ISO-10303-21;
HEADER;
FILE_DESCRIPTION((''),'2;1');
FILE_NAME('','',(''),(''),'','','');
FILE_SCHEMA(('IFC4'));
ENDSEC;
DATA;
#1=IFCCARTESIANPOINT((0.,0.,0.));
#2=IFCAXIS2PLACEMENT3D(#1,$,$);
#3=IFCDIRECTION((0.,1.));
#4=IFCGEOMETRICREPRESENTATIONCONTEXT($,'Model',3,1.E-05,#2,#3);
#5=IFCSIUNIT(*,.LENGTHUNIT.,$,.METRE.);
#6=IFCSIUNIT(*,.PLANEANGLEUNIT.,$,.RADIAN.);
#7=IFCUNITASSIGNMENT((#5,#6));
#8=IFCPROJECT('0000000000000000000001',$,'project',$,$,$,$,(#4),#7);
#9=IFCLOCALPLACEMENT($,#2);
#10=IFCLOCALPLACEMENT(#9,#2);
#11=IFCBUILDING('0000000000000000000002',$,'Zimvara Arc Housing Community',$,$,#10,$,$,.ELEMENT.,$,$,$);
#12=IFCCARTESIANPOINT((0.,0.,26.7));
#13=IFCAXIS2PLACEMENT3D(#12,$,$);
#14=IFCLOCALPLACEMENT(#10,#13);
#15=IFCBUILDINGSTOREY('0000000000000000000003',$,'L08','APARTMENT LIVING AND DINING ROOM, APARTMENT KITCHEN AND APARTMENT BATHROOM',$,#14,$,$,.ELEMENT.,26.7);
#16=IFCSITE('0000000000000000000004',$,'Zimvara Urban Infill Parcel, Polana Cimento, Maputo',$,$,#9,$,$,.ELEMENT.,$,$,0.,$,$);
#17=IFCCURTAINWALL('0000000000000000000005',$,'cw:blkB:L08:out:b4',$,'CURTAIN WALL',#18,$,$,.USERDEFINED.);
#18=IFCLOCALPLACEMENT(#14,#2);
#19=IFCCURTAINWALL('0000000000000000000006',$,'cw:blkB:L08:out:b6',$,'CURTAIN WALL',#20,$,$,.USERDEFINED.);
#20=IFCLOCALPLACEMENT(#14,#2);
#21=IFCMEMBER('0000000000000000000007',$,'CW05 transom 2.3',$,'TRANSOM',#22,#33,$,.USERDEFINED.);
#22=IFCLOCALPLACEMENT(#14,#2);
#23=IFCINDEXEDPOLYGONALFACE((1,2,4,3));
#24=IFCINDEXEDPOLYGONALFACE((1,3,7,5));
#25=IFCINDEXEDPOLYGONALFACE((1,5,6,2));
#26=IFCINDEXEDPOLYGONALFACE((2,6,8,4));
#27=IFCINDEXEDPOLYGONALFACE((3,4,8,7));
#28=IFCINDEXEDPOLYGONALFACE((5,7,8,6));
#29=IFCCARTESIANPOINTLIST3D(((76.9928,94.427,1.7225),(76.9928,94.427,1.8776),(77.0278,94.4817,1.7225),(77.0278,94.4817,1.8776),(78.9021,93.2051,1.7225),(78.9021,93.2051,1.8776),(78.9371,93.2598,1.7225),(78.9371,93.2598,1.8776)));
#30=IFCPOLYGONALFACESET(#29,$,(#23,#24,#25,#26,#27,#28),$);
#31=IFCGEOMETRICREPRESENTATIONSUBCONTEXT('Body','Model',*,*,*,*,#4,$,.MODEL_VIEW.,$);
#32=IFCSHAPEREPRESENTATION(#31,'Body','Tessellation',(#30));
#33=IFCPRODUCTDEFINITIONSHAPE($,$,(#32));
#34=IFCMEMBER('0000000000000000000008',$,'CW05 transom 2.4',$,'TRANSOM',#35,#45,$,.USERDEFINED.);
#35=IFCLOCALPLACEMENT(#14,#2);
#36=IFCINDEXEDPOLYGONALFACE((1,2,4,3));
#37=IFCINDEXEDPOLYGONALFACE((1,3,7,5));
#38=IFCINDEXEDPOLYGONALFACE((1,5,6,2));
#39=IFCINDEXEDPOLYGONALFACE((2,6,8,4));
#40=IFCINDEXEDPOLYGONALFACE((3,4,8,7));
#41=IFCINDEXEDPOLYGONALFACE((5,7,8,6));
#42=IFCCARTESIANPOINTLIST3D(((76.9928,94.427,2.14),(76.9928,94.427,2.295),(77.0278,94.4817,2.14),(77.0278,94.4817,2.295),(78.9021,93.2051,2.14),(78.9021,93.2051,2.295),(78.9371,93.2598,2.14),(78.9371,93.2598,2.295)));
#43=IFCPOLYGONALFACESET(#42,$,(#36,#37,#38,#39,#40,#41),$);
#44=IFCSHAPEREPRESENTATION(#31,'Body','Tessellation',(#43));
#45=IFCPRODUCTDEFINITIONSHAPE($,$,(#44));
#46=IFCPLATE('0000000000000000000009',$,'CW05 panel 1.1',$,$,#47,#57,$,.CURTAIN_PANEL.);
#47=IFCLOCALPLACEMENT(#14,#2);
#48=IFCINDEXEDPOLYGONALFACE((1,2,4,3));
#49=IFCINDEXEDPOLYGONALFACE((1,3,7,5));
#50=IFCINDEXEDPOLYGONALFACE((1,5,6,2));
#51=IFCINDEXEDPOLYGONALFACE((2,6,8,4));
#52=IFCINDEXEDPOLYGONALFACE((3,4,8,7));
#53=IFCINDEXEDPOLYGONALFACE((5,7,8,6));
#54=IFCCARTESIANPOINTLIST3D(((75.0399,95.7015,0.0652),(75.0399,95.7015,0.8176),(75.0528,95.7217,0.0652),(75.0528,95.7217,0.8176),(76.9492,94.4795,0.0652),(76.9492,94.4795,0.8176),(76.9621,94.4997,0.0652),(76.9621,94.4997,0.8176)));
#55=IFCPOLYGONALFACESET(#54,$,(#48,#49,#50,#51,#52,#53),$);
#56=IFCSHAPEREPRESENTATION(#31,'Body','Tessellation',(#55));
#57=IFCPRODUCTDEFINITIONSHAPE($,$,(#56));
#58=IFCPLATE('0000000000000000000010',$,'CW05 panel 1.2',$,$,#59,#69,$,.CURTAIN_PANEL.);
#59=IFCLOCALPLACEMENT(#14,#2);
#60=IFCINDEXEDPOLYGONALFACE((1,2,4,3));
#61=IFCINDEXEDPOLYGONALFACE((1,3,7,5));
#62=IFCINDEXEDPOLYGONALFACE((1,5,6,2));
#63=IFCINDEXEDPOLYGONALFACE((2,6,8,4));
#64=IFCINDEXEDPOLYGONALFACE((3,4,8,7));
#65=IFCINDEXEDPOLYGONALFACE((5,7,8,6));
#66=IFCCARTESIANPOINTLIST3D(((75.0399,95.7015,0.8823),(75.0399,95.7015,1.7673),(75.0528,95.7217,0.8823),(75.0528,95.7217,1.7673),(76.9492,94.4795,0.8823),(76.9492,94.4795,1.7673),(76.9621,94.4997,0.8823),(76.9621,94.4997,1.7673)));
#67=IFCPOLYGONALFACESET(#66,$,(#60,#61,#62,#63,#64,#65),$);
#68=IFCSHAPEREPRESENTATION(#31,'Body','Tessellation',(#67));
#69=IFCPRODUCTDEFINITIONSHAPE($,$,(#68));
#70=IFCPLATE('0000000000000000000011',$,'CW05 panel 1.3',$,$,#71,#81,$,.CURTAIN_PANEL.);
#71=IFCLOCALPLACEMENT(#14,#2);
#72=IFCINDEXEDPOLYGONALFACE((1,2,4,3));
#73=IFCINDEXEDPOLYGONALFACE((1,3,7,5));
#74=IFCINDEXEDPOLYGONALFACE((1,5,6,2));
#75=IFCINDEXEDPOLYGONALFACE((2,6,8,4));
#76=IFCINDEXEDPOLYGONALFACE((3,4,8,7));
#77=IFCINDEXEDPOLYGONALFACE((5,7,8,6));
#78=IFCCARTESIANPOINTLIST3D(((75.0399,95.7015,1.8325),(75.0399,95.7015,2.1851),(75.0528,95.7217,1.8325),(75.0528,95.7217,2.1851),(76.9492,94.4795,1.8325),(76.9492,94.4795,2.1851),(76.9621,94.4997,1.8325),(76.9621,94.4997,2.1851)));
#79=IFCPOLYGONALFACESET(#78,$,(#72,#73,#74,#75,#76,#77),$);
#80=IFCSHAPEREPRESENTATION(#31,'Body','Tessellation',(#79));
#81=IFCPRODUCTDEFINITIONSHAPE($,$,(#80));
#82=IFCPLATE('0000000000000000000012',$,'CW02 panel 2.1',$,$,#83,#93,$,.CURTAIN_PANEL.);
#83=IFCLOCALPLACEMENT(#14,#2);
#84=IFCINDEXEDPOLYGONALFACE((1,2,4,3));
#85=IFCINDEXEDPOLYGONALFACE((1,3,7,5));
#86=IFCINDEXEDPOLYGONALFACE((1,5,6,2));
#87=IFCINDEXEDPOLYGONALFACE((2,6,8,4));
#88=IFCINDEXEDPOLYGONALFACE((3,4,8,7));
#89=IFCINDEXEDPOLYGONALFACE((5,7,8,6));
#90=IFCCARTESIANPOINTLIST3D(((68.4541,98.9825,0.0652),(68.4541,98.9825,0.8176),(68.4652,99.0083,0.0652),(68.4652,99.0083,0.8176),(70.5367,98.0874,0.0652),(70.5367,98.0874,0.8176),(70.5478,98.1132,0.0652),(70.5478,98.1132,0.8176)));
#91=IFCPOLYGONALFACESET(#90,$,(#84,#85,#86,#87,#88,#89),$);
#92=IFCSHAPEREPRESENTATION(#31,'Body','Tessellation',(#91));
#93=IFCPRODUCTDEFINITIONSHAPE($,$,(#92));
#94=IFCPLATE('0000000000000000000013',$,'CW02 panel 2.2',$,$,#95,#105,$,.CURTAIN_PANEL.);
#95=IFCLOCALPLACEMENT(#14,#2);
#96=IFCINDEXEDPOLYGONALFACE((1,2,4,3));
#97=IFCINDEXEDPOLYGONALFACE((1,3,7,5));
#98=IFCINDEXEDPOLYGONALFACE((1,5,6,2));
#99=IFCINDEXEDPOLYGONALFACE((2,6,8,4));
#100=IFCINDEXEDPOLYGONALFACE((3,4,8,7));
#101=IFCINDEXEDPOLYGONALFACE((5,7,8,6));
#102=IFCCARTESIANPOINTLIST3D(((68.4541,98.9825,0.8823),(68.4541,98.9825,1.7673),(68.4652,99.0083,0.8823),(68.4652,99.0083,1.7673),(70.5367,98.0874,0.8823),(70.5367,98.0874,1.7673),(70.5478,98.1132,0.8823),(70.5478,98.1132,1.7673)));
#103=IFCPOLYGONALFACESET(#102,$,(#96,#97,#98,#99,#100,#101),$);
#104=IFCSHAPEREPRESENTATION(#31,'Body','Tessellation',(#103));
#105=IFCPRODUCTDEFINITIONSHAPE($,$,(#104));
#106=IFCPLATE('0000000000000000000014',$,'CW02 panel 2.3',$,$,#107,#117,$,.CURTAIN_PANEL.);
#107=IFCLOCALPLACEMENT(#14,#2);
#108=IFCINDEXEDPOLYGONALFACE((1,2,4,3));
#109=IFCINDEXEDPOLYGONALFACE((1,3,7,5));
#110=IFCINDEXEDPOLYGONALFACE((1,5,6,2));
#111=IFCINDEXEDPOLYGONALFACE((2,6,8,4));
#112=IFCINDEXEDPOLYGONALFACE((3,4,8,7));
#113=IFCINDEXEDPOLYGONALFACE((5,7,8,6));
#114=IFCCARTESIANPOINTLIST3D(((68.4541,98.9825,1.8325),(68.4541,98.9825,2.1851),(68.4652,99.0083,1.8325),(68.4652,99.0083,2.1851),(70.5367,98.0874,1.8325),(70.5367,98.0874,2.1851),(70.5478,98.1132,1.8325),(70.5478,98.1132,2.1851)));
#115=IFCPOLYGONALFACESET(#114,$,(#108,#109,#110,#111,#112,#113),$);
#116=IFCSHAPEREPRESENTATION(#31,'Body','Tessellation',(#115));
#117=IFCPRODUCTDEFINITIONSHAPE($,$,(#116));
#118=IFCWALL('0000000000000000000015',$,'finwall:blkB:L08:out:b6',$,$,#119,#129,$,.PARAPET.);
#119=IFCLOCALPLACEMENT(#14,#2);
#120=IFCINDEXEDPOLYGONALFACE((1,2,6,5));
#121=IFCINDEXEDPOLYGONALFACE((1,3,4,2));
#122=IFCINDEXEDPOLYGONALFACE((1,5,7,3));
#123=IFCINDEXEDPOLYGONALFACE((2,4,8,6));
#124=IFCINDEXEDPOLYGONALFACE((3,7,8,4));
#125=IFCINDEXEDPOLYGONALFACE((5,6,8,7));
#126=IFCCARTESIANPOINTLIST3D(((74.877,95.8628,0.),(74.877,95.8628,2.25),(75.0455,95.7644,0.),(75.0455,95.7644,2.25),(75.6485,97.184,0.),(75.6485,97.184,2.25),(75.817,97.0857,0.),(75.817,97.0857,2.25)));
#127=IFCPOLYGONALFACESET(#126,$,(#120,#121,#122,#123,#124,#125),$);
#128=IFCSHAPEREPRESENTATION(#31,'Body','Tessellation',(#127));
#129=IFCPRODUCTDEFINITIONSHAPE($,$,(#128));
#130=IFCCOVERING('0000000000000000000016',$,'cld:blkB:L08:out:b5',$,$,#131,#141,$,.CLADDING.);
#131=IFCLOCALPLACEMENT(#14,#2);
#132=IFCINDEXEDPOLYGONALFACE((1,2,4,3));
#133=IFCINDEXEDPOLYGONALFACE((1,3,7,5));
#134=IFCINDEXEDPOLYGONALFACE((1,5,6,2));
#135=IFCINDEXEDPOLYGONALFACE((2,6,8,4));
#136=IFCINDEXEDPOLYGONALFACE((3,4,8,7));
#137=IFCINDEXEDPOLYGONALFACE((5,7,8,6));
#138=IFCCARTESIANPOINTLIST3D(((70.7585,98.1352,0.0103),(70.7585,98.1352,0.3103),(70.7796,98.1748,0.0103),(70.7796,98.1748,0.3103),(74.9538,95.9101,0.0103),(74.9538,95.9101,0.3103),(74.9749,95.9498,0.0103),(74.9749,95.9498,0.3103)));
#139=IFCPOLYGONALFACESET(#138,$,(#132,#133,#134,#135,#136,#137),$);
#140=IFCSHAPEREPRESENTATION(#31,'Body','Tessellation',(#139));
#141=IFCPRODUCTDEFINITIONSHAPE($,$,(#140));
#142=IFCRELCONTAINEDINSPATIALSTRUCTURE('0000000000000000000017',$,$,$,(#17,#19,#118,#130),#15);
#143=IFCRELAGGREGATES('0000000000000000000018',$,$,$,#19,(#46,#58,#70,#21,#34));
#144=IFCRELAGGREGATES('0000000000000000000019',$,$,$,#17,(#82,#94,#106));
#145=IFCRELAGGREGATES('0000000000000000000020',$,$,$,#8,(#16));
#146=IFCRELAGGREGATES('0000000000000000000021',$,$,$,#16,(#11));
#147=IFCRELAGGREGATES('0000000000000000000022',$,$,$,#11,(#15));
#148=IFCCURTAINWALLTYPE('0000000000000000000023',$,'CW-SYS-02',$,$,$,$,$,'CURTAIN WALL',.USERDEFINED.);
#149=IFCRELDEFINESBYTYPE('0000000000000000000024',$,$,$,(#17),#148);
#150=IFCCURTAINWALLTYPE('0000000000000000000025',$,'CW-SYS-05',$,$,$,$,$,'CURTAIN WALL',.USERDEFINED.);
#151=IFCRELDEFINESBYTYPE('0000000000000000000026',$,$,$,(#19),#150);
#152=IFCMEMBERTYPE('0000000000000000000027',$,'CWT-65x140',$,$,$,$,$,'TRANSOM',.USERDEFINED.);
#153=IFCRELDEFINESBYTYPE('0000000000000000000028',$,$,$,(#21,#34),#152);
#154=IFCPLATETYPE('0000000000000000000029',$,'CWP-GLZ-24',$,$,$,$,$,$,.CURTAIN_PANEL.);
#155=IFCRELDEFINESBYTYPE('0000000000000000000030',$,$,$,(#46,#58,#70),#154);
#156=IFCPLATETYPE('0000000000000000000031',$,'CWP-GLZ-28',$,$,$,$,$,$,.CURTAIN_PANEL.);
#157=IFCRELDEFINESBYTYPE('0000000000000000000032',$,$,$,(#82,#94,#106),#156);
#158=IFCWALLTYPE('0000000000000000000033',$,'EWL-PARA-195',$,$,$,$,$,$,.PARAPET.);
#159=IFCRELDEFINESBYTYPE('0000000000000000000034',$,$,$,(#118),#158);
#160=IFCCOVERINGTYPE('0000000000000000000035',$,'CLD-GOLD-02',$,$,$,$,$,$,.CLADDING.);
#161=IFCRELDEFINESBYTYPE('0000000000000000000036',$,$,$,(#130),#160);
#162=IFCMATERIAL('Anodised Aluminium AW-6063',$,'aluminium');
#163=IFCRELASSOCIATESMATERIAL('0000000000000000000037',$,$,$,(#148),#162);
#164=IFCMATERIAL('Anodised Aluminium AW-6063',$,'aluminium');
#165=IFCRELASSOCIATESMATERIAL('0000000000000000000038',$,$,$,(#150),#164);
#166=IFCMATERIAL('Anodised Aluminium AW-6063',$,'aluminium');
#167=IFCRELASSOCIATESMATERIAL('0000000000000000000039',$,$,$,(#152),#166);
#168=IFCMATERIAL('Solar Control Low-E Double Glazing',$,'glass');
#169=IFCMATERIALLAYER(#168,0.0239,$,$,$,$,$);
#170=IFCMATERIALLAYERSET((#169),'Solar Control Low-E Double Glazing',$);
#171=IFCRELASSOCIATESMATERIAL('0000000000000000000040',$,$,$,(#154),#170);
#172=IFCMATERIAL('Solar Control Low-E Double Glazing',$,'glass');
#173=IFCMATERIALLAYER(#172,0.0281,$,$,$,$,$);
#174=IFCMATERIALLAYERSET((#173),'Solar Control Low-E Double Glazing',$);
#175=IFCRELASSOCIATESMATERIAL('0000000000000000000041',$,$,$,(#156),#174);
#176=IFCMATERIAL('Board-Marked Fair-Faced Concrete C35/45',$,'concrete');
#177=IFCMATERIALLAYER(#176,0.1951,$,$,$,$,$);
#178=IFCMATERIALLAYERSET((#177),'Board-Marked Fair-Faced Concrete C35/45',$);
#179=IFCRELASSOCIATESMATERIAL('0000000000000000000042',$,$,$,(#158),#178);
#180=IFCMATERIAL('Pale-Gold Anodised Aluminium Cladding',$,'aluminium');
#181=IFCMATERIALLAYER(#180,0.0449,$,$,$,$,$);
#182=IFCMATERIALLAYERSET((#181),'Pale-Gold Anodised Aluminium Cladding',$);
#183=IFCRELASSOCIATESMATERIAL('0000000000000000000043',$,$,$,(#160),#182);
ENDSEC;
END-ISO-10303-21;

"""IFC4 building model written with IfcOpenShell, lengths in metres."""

from ifc_helpers import new_model, si_unit, direction, frame, frame_2d, origin, origin_2d, place, context, subcontext, project, spatial, rectangle, extrude, material, layer, layer_set, material_profile, profile_set, type_object, element, aggregate, save


model = new_model("IFC4")

# Units and contexts
model_context = context("Model", 3, precision=1e-05, world=origin(), true_north=direction((0.0, 1.0)))
body_context = subcontext(model_context, "Body", "Model", "MODEL_VIEW")
ifc_project = project(units=[si_unit("LENGTHUNIT", "METRE"), si_unit("PLANEANGLEUNIT", "RADIAN")], contexts=[model_context])

# Site, building, storey
site_placement = place(None, origin())
site = spatial("IfcSite", under=ifc_project, at=site_placement, Name="Zimvara Urban Infill Parcel, Polana Cimento, Maputo", CompositionType="ELEMENT", RefElevation=0.0)
building_placement = place(site_placement, origin())
building = spatial("IfcBuilding", under=site, at=building_placement, Name="Zimvara Arc Housing Community", CompositionType="ELEMENT")
storey_placement = place(building_placement, frame((0.0, 0.0, 26.7)))
storey = spatial("IfcBuildingStorey", under=building, at=storey_placement, Name="L08", Description="APARTMENT LIVING AND DINING ROOM, APARTMENT KITCHEN AND APARTMENT BATHROOM", CompositionType="ELEMENT", Elevation=26.7)

# Curtain wall
ifc_material_1 = material(Name="Anodised Aluminium AW-6063", Category="aluminium")
curtain_wall_type_1 = type_object("IfcCurtainWallType", Name="CW-SYS-02", ElementType="CURTAIN WALL", PredefinedType="USERDEFINED", material=ifc_material_1)
curtain_wall_1_placement = place(storey_placement, origin())
curtain_wall_1 = element("IfcCurtainWall", 1, at=curtain_wall_1_placement, inside=storey, type_object=curtain_wall_type_1, Name="cw:blkB:L08:out:b4", ObjectType="CURTAIN WALL", PredefinedType="USERDEFINED")

# Curtain wall, members, plates
ifc_material_2 = material(Name="Anodised Aluminium AW-6063", Category="aluminium")
curtain_wall_type_2 = type_object("IfcCurtainWallType", Name="CW-SYS-05", ElementType="CURTAIN WALL", PredefinedType="USERDEFINED", material=ifc_material_2)
curtain_wall_2_placement = place(storey_placement, origin())
curtain_wall_2 = element("IfcCurtainWall", 2, at=curtain_wall_2_placement, inside=storey, type_object=curtain_wall_type_2, Name="cw:blkB:L08:out:b6", ObjectType="CURTAIN WALL", PredefinedType="USERDEFINED")
ifc_material_3 = material(Name="Anodised Aluminium AW-6063", Category="aluminium")
ifc_material_profile_1 = material_profile(ifc_material_3, rectangle(XDim=0.0649, YDim=0.155, at=origin_2d()), Name="ALU 65x155")
ifc_profile_set_1 = profile_set([ifc_material_profile_1], Name="Anodised Aluminium AW-6063")
member_type_1 = type_object("IfcMemberType", Name="CWT-65x140", ElementType="TRANSOM", PredefinedType="USERDEFINED", material=ifc_profile_set_1)
member_1_placement = place(storey_placement, frame((77.0103, 94.4543, 1.8), z_axis=(0.842293, -0.53902, 0.0), x_axis=(0.53902, 0.842293, 0.0)))
member_1 = element("IfcMember", 3, at=member_1_placement, type_object=member_type_1, Name="CW05 transom 2.3", ObjectType="TRANSOM", PredefinedType="USERDEFINED", context=body_context, shape_type="SweptSolid", body=[
    extrude(rectangle(XDim=0.0649, YDim=0.155, at=origin_2d()), origin(), (0.0, 0.0, 1.0), 2.2668),
])
member_2_placement = place(storey_placement, frame((77.0103, 94.4543, 2.2175), z_axis=(0.842293, -0.53902, 0.0), x_axis=(0.53902, 0.842293, 0.0)))
member_2 = element("IfcMember", 4, at=member_2_placement, type_object=member_type_1, Name="CW05 transom 2.4", ObjectType="TRANSOM", PredefinedType="USERDEFINED", context=body_context, shape_type="SweptSolid", body=[
    extrude(rectangle(XDim=0.0649, YDim=0.155, at=origin_2d()), origin(), (0.0, 0.0, 1.0), 2.2668),
])
ifc_material_4 = material(Name="Solar Control Low-E Double Glazing", Category="glass")
ifc_layer_1 = layer(ifc_material_4, 0.0239)
ifc_layer_set_1 = layer_set([ifc_layer_1], Name="Solar Control Low-E Double Glazing")
plate_type_1 = type_object("IfcPlateType", Name="CWP-GLZ-24", PredefinedType="CURTAIN_PANEL", material=ifc_layer_set_1)
plate_1_placement = place(storey_placement, frame((76.001, 95.1006, 0.0652), z_axis=(0.0, 0.0, 1.0), x_axis=(0.842264, -0.539065, 0.0)))
plate_1 = element("IfcPlate", 5, at=plate_1_placement, type_object=plate_type_1, Name="CW05 panel 1.1", PredefinedType="CURTAIN_PANEL", context=body_context, shape_type="SweptSolid", body=[
    extrude(rectangle(XDim=2.2668, YDim=0.0239, at=origin_2d()), origin(), (0.0, 0.0, 1.0), 0.7524),
])
plate_2_placement = place(storey_placement, frame((76.001, 95.1006, 0.8823), z_axis=(0.0, 0.0, 1.0), x_axis=(0.842264, -0.539065, 0.0)))
plate_2 = element("IfcPlate", 6, at=plate_2_placement, type_object=plate_type_1, Name="CW05 panel 1.2", PredefinedType="CURTAIN_PANEL", context=body_context, shape_type="SweptSolid", body=[
    extrude(rectangle(XDim=2.2668, YDim=0.0239, at=origin_2d()), origin(), (0.0, 0.0, 1.0), 0.885),
])
plate_3_placement = place(storey_placement, frame((76.001, 95.1006, 1.8325), z_axis=(0.0, 0.0, 1.0), x_axis=(0.842264, -0.539065, 0.0)))
plate_3 = element("IfcPlate", 7, at=plate_3_placement, type_object=plate_type_1, Name="CW05 panel 1.3", PredefinedType="CURTAIN_PANEL", context=body_context, shape_type="SweptSolid", body=[
    extrude(rectangle(XDim=2.2668, YDim=0.0239, at=origin_2d()), origin(), (0.0, 0.0, 1.0), 0.3525),
])
aggregate(curtain_wall_2, [plate_1, plate_2, plate_3, member_1, member_2])

# Plates
ifc_material_5 = material(Name="Solar Control Low-E Double Glazing", Category="glass")
ifc_layer_2 = layer(ifc_material_5, 0.0281)
ifc_layer_set_2 = layer_set([ifc_layer_2], Name="Solar Control Low-E Double Glazing")
plate_type_2 = type_object("IfcPlateType", Name="CWP-GLZ-28", PredefinedType="CURTAIN_PANEL", material=ifc_layer_set_2)
plate_4_placement = place(storey_placement, frame((69.501, 98.5479, 0.0652), z_axis=(0.0, 0.0, 1.0), x_axis=(0.918722, -0.394904, 0.0)))
plate_4 = element("IfcPlate", 8, at=plate_4_placement, type_object=plate_type_2, Name="CW02 panel 2.1", PredefinedType="CURTAIN_PANEL", context=body_context, shape_type="SweptSolid", body=[
    extrude(rectangle(XDim=2.2668, YDim=0.0281, at=origin_2d()), origin(), (0.0, 0.0, 1.0), 0.7524),
])
plate_5_placement = place(storey_placement, frame((69.501, 98.5479, 0.8823), z_axis=(0.0, 0.0, 1.0), x_axis=(0.918722, -0.394904, 0.0)))
plate_5 = element("IfcPlate", 9, at=plate_5_placement, type_object=plate_type_2, Name="CW02 panel 2.2", PredefinedType="CURTAIN_PANEL", context=body_context, shape_type="SweptSolid", body=[
    extrude(rectangle(XDim=2.2668, YDim=0.0281, at=origin_2d()), origin(), (0.0, 0.0, 1.0), 0.885),
])
plate_6_placement = place(storey_placement, frame((69.501, 98.5479, 1.8325), z_axis=(0.0, 0.0, 1.0), x_axis=(0.918722, -0.394904, 0.0)))
plate_6 = element("IfcPlate", 10, at=plate_6_placement, type_object=plate_type_2, Name="CW02 panel 2.3", PredefinedType="CURTAIN_PANEL", context=body_context, shape_type="SweptSolid", body=[
    extrude(rectangle(XDim=2.2668, YDim=0.0281, at=origin_2d()), origin(), (0.0, 0.0, 1.0), 0.3525),
])
aggregate(curtain_wall_1, [plate_4, plate_5, plate_6])

# Wall
ifc_material_6 = material(Name="Board-Marked Fair-Faced Concrete C35/45", Category="concrete")
ifc_layer_3 = layer(ifc_material_6, 0.1951)
ifc_layer_set_3 = layer_set([ifc_layer_3], Name="Board-Marked Fair-Faced Concrete C35/45")
wall_type_1 = type_object("IfcWallType", Name="EWL-PARA-195", PredefinedType="PARAPET", material=ifc_layer_set_3)
wall_1_placement = place(storey_placement, frame((74.9612, 95.8135, 0.0), z_axis=(0.0, 0.0, 1.0), x_axis=(0.504228, 0.86357, 0.0)))
element("IfcWall", 11, at=wall_1_placement, inside=storey, type_object=wall_type_1, Name="finwall:blkB:L08:out:b6", PredefinedType="PARAPET", context=body_context, shape_type="SweptSolid", body=[
    extrude(rectangle(XDim=1.53, YDim=0.1951, at=frame_2d((0.7651, 0.0))), origin(), (0.0, 0.0, 1.0), 2.25),
])

# Covering
ifc_material_7 = material(Name="Pale-Gold Anodised Aluminium Cladding", Category="aluminium")
ifc_layer_4 = layer(ifc_material_7, 0.0449)
ifc_layer_set_4 = layer_set([ifc_layer_4], Name="Pale-Gold Anodised Aluminium Cladding")
covering_type = type_object("IfcCoveringType", Name="CLD-GOLD-02", PredefinedType="CLADDING", material=ifc_layer_set_4)
covering_placement = place(storey_placement, frame((72.8667, 97.0425, 0.0103), z_axis=(0.0, 0.0, 1.0), x_axis=(0.883439, -0.468547, 0.0)))
element("IfcCovering", 12, at=covering_placement, inside=storey, type_object=covering_type, Name="cld:blkB:L08:out:b5", PredefinedType="CLADDING", context=body_context, shape_type="SweptSolid", body=[
    extrude(rectangle(XDim=4.7488, YDim=0.0449, at=origin_2d()), origin(), (0.0, 0.0, 1.0), 0.3),
])

save(model, "model.ifc")
